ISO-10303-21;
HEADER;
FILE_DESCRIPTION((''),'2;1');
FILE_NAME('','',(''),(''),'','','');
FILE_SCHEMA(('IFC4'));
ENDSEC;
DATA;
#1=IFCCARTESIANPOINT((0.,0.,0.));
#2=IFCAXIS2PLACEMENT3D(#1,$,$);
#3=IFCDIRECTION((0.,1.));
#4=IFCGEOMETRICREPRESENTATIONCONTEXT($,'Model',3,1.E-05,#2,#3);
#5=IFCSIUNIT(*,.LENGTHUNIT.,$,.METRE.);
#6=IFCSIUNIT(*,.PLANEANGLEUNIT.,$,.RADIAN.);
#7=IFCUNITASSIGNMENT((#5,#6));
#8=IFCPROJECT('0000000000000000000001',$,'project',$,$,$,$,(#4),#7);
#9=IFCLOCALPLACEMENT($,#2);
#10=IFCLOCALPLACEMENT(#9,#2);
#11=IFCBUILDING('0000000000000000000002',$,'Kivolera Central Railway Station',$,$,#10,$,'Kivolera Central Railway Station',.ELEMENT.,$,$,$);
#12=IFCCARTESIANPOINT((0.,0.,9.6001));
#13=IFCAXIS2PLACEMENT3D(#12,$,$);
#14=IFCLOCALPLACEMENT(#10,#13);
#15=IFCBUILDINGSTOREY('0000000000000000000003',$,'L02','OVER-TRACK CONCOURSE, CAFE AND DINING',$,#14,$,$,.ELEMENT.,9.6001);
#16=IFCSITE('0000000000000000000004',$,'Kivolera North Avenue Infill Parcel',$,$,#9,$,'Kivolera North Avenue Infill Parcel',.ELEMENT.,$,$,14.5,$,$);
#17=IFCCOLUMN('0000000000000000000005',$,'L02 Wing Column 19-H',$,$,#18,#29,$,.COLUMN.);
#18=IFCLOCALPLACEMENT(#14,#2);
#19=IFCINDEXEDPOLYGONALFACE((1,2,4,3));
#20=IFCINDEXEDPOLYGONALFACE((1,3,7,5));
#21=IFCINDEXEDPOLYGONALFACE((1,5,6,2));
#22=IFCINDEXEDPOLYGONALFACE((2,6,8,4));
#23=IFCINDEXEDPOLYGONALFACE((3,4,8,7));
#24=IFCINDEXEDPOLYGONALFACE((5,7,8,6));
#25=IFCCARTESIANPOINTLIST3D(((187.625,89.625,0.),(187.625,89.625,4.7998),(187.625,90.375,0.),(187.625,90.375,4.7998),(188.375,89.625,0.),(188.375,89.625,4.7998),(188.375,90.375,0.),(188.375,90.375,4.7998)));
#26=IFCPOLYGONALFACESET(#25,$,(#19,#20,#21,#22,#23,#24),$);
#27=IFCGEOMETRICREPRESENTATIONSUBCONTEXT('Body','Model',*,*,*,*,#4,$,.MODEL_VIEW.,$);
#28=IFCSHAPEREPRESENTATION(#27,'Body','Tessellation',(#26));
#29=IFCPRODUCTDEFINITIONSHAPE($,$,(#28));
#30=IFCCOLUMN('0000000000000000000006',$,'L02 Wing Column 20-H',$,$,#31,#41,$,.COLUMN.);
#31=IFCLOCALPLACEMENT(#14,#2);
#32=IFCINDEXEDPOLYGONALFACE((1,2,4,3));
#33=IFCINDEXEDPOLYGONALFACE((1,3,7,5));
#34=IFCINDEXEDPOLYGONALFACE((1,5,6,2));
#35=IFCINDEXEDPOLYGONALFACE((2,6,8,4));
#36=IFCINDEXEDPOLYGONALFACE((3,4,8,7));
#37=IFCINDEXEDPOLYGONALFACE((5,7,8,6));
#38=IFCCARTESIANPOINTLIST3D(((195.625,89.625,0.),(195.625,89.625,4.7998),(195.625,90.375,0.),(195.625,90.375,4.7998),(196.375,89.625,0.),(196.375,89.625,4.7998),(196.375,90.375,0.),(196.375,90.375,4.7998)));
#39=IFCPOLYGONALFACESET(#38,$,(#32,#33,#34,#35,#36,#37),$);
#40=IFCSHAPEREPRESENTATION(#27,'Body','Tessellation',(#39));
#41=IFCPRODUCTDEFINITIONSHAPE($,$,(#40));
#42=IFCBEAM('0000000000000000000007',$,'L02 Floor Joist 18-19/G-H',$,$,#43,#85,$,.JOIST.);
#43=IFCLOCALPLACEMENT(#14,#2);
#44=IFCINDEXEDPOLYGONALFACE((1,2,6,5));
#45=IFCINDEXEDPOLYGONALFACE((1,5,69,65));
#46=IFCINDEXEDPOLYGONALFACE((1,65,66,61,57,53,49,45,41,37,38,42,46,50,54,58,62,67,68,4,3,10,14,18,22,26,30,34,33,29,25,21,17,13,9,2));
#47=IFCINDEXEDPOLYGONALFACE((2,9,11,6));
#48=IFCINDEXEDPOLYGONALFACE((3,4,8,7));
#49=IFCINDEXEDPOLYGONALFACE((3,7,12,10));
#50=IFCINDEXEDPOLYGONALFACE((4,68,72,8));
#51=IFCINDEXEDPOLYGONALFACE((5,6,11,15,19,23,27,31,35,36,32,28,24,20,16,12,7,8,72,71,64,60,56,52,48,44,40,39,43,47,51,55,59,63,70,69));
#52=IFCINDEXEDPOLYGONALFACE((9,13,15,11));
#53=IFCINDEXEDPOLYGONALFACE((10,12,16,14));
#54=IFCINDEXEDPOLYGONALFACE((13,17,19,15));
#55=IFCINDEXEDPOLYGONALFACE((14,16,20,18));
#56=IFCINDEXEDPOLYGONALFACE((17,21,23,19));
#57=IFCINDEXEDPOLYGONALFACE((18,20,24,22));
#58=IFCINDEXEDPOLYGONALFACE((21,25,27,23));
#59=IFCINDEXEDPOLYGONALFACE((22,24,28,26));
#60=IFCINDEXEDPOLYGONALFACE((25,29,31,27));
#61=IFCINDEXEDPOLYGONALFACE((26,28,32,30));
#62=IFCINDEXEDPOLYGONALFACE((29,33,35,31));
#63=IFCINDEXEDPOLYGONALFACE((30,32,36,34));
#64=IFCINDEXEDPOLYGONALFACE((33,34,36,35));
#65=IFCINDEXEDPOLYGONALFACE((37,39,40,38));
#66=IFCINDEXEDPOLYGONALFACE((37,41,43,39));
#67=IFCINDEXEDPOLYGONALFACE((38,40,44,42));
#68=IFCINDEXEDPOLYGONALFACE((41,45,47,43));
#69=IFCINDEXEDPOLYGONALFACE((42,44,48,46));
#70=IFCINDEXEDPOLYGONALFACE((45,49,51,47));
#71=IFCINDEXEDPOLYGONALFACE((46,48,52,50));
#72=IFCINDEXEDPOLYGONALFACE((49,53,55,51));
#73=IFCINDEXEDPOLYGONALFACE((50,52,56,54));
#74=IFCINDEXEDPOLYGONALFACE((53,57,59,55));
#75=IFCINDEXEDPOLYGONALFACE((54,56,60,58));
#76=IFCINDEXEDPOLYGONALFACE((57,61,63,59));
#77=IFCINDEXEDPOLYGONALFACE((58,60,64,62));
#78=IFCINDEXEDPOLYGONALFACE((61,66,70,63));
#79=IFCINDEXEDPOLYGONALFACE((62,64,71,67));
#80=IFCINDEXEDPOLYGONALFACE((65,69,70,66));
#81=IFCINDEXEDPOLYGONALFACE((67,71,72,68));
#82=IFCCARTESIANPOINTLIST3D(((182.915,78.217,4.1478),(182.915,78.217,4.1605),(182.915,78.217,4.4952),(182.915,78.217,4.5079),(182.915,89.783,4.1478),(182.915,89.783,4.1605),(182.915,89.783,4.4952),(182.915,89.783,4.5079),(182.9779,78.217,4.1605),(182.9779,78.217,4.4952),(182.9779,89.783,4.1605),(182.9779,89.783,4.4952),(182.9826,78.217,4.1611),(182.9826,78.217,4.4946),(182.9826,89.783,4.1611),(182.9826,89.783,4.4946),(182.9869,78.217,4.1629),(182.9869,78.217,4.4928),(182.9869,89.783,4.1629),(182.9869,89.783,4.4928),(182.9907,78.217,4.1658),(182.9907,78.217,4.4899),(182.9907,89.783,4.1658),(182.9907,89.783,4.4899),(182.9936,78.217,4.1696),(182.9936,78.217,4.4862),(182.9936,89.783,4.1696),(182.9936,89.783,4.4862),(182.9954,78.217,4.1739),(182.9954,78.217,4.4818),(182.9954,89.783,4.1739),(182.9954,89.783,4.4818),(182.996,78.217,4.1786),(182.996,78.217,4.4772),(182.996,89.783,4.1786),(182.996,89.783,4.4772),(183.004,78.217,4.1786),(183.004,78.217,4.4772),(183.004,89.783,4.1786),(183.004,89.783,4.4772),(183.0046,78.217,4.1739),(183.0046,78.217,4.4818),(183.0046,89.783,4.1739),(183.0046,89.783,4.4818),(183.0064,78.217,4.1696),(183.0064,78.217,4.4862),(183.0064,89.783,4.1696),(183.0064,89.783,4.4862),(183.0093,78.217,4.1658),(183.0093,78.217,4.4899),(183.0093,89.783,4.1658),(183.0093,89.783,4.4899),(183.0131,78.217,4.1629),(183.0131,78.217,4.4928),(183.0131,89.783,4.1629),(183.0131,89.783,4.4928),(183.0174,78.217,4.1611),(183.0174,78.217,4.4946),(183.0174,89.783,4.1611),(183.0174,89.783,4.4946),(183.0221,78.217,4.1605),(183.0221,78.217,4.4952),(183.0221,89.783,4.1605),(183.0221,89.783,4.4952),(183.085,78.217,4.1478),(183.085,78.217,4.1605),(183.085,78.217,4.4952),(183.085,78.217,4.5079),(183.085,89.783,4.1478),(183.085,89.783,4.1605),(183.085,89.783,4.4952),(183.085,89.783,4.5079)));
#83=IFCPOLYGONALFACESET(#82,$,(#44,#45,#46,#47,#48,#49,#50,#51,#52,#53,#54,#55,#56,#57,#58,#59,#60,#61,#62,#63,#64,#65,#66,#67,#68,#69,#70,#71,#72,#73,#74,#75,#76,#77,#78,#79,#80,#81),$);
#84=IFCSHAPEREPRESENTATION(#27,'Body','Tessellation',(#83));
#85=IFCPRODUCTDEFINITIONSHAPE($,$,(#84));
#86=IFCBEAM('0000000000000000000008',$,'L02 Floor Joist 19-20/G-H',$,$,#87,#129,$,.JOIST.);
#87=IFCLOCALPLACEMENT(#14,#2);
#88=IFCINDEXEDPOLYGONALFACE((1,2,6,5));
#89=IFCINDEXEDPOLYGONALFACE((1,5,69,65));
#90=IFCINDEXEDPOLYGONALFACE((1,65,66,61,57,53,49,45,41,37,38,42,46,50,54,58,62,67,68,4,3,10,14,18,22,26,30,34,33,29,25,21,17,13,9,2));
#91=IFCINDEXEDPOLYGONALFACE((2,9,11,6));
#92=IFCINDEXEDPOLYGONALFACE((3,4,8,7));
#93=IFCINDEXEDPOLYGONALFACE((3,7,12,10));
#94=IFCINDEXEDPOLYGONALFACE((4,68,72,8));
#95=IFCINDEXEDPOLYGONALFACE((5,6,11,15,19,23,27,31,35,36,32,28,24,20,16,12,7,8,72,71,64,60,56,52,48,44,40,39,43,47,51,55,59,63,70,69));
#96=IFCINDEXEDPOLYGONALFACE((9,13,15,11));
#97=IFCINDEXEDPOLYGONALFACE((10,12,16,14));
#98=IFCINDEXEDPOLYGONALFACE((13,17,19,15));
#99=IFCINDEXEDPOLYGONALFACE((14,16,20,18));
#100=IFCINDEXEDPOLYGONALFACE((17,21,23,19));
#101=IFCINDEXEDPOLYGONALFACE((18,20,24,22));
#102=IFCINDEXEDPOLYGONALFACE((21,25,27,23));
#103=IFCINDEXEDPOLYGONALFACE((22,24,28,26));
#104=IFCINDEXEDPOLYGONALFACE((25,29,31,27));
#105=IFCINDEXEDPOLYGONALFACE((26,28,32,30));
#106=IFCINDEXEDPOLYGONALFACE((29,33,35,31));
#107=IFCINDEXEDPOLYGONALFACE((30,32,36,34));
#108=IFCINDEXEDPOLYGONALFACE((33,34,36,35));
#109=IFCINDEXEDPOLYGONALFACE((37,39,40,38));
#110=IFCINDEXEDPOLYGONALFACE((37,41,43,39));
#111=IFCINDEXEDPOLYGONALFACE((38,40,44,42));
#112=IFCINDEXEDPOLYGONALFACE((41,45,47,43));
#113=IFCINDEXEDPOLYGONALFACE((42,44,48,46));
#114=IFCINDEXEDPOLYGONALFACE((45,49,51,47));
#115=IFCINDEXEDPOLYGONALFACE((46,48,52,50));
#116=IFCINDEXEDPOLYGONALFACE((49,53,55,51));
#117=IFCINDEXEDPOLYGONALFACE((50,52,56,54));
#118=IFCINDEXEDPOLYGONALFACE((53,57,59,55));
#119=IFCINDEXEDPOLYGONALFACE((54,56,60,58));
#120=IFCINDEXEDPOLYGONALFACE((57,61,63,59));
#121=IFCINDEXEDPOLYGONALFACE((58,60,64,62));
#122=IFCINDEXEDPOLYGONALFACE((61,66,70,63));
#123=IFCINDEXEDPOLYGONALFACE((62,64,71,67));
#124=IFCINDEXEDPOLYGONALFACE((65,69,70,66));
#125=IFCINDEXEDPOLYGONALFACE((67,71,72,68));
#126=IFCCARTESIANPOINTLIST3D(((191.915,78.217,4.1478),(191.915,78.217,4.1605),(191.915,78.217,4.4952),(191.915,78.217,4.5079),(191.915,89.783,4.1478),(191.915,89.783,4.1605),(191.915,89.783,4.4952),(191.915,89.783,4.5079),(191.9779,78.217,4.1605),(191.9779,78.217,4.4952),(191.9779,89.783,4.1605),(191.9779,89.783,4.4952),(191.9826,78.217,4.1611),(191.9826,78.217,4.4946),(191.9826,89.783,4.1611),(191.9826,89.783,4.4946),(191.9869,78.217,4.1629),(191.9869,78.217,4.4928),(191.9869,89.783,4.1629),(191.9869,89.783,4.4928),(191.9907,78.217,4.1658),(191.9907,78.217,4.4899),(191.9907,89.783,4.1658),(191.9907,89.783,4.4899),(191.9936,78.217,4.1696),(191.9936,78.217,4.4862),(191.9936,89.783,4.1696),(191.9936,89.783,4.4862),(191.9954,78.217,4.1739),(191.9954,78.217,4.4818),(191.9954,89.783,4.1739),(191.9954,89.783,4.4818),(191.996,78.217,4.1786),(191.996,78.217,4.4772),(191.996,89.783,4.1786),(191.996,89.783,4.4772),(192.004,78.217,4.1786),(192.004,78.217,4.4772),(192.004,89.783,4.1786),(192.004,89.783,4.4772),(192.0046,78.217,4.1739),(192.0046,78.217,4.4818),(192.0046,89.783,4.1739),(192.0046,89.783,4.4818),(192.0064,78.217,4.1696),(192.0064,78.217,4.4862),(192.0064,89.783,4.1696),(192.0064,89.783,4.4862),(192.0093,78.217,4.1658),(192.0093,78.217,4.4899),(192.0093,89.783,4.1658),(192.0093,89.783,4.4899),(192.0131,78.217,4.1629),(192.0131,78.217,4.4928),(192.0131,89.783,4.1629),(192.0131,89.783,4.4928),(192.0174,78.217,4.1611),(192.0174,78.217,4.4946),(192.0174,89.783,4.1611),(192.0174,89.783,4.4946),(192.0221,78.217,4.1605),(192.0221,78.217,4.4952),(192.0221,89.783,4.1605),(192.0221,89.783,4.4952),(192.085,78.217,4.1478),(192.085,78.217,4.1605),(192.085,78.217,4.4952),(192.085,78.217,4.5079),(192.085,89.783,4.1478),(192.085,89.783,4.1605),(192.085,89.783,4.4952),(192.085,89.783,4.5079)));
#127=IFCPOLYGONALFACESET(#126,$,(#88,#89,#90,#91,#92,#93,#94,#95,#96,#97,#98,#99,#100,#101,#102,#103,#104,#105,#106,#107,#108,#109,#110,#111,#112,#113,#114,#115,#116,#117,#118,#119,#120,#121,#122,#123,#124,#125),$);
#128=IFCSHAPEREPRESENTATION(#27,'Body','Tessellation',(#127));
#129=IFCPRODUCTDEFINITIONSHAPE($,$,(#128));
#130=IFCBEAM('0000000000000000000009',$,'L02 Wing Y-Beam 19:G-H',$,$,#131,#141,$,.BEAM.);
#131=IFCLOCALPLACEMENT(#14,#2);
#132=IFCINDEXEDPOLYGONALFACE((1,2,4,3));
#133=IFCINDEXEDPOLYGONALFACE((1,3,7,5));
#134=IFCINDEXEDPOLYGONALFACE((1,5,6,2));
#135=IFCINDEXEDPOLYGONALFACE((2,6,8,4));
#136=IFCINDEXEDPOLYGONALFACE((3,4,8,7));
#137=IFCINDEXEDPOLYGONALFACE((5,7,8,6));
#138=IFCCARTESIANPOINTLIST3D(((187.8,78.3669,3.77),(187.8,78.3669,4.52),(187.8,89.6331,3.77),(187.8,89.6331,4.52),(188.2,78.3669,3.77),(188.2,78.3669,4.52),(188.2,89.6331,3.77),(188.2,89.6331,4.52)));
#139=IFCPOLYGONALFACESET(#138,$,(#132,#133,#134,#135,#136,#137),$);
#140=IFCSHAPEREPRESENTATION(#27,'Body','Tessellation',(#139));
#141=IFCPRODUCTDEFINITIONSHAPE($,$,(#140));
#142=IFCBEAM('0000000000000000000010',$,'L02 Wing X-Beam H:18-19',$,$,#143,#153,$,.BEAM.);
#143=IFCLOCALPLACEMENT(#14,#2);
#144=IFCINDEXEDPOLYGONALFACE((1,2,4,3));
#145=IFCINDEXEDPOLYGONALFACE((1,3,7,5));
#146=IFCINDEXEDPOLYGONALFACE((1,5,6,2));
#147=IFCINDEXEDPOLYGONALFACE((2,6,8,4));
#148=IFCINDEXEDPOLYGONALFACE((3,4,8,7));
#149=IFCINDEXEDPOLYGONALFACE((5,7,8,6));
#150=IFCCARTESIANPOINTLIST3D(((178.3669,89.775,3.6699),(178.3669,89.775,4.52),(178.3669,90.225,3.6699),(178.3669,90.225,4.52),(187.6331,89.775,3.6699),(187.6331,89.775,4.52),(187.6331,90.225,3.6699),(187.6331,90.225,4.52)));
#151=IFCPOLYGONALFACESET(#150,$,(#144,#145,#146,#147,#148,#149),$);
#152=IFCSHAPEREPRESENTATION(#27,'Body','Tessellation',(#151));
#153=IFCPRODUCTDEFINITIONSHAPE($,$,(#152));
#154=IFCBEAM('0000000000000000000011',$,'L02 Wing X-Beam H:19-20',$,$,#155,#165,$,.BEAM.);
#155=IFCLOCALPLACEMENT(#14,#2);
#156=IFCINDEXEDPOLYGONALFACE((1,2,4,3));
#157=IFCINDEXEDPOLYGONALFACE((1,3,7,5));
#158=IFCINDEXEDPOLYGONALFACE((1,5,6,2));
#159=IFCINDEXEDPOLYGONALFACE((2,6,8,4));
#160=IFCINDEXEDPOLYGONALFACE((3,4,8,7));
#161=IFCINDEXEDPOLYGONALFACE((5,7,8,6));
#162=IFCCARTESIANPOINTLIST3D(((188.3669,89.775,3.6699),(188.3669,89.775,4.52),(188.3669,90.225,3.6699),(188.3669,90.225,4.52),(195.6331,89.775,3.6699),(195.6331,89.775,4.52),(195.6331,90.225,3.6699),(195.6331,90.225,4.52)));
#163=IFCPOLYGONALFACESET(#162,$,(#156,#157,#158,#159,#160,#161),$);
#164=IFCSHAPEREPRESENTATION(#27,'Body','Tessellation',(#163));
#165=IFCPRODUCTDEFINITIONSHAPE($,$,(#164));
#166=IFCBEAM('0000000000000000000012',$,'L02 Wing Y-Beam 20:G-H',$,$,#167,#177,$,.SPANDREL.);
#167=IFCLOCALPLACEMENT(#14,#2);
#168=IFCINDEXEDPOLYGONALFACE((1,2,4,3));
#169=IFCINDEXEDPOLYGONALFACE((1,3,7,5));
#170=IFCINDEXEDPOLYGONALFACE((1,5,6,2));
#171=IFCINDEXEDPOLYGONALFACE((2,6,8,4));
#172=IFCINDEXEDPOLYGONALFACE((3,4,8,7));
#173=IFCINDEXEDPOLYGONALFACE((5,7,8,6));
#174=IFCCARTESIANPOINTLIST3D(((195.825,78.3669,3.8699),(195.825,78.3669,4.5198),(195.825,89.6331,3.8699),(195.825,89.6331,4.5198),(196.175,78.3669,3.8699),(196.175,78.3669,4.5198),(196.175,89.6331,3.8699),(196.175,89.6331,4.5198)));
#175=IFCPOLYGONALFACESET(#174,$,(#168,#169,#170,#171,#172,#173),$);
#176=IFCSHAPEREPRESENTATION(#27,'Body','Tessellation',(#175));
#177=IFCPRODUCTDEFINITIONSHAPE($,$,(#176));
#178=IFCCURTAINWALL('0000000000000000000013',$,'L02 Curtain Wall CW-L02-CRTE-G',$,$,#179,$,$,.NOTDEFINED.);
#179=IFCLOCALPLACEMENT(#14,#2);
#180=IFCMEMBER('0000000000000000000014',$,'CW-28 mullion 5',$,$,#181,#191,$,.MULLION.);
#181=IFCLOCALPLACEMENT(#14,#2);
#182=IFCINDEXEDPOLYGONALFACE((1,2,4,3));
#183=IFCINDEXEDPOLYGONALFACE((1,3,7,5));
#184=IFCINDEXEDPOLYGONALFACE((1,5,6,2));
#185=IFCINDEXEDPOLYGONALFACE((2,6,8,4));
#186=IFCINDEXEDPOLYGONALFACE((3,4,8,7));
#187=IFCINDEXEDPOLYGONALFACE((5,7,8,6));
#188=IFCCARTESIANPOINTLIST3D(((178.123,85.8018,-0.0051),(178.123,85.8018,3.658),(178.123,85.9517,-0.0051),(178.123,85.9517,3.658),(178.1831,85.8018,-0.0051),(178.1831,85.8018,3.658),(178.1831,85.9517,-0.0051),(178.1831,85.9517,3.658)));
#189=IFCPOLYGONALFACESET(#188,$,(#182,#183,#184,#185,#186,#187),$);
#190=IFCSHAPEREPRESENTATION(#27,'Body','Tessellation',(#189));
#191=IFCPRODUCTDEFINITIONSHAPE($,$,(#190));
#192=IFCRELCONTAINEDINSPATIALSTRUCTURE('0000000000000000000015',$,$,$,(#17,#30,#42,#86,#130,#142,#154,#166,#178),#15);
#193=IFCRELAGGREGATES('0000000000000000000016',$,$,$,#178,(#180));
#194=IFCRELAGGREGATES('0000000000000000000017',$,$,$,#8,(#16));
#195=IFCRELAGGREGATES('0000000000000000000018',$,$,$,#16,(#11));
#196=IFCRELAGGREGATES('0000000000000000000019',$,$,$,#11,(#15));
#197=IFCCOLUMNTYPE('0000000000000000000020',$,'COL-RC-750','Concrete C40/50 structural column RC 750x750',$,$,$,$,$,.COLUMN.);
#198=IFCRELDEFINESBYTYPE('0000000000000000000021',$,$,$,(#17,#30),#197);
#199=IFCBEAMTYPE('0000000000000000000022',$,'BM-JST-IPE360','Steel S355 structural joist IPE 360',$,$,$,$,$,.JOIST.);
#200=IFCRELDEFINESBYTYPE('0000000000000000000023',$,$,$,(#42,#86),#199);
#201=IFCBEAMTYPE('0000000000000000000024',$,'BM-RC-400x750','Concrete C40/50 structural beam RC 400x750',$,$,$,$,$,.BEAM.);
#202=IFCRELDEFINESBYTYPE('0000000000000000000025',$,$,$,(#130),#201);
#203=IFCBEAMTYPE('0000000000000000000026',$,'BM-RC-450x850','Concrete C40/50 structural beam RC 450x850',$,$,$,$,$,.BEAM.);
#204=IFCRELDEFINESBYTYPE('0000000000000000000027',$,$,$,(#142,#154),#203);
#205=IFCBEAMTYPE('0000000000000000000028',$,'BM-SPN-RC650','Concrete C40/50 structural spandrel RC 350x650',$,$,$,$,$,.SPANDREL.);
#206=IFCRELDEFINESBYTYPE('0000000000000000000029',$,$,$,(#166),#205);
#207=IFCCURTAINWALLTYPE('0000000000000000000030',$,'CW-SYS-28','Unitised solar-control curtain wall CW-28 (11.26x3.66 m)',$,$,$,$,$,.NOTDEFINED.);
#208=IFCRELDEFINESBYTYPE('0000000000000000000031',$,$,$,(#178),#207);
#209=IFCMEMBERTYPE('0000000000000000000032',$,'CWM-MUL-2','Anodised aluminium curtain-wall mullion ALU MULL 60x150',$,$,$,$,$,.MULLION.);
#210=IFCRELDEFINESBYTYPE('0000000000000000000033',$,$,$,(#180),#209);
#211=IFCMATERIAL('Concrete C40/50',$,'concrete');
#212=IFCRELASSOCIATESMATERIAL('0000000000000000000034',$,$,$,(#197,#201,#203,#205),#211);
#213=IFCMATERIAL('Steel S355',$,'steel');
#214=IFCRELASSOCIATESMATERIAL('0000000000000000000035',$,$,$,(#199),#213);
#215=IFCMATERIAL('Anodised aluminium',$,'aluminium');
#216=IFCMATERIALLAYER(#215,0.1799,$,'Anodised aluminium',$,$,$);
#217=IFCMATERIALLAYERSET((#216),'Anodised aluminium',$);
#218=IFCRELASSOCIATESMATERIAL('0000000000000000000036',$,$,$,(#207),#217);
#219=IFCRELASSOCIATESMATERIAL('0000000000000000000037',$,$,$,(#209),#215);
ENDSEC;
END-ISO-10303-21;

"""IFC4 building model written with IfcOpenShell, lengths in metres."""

from ifc_helpers import new_model, si_unit, direction, frame, origin, origin_2d, place, context, subcontext, project, spatial, rectangle, i_section, extrude, material, layer, layer_set, material_profile, profile_set, type_object, element, aggregate, save


model = new_model("IFC4")

# Units and contexts
model_context = context("Model", 3, precision=1e-05, world=origin(), true_north=direction((0.0, 1.0)))
body_context = subcontext(model_context, "Body", "Model", "MODEL_VIEW")
ifc_project = project(units=[si_unit("LENGTHUNIT", "METRE"), si_unit("PLANEANGLEUNIT", "RADIAN")], contexts=[model_context])

# Site, building, storey
site_placement = place(None, origin())
site = spatial("IfcSite", under=ifc_project, at=site_placement, Name="Kivolera North Avenue Infill Parcel", LongName="Kivolera North Avenue Infill Parcel", CompositionType="ELEMENT", RefElevation=14.5)
building_placement = place(site_placement, origin())
building = spatial("IfcBuilding", under=site, at=building_placement, Name="Kivolera Central Railway Station", LongName="Kivolera Central Railway Station", CompositionType="ELEMENT")
storey_placement = place(building_placement, frame((0.0, 0.0, 9.6001)))
storey = spatial("IfcBuildingStorey", under=building, at=storey_placement, Name="L02", Description="OVER-TRACK CONCOURSE, CAFE AND DINING", CompositionType="ELEMENT", Elevation=9.6001)

# Columns
ifc_material_1 = material(Name="Concrete C40/50", Category="concrete")
ifc_material_profile_1 = material_profile(ifc_material_1, rectangle(XDim=0.75, YDim=0.75, at=origin_2d()), Name="RC 750x750")
ifc_profile_set_1 = profile_set([ifc_material_profile_1], Name="Concrete C40/50")
column_type = type_object("IfcColumnType", Name="COL-RC-750", Description="Concrete C40/50 structural column RC 750x750", PredefinedType="COLUMN", material=ifc_profile_set_1)
for number, where, z_axis, x_axis, name in (
    (1, (188.0, 90.0, 0.0), (0.0, 0.0, 1.0), (1.0, 0.0, 0.0), "L02 Wing Column 19-H"),
    (2, (196.0, 90.0, 0.0), (0.0, 0.0, 1.0), (1.0, 0.0, 0.0), "L02 Wing Column 20-H"),
):
    element("IfcColumn", number, at=place(storey_placement, frame(where, z_axis=z_axis, x_axis=x_axis)), inside=storey, type_object=column_type, Name=name, PredefinedType="COLUMN", context=body_context, shape_type="SweptSolid", body=[
        extrude(rectangle(XDim=0.75, YDim=0.75, at=origin_2d()), origin(), (0.0, 0.0, 1.0), 4.7998),
    ])

# Beams
ifc_material_2 = material(Name="Steel S355", Category="steel")
ifc_material_profile_2 = material_profile(ifc_material_2, i_section(OverallWidth=0.1699, OverallDepth=0.3601, WebThickness=0.0081, FlangeThickness=0.0127, FilletRadius=0.0181, at=origin_2d()), Name="IPE 360")
ifc_profile_set_2 = profile_set([ifc_material_profile_2], Name="Steel S355")
beam_type_1 = type_object("IfcBeamType", Name="BM-JST-IPE360", Description="Steel S355 structural joist IPE 360", PredefinedType="JOIST", material=ifc_profile_set_2)
for number, where, z_axis, x_axis, name in (
    (3, (183.0, 78.217, 4.3279), (0.0, 1.0, 0.0), (-1.0, 0.0, 0.0), "L02 Floor Joist 18-19/G-H"),
    (4, (192.0, 78.217, 4.3279), (0.0, 1.0, 0.0), (-1.0, 0.0, 0.0), "L02 Floor Joist 19-20/G-H"),
):
    element("IfcBeam", number, at=place(storey_placement, frame(where, z_axis=z_axis, x_axis=x_axis)), inside=storey, type_object=beam_type_1, Name=name, PredefinedType="JOIST", context=body_context, shape_type="SweptSolid", body=[
        extrude(i_section(OverallWidth=0.1699, OverallDepth=0.3601, WebThickness=0.0081, FlangeThickness=0.0127, FilletRadius=0.0181, at=origin_2d()), origin(), (0.0, 0.0, 1.0), 11.5659),
    ])
ifc_material_profile_3 = material_profile(ifc_material_1, rectangle(XDim=0.3999, YDim=0.75, at=origin_2d()), Name="RC 400x750")
ifc_profile_set_3 = profile_set([ifc_material_profile_3], Name="Concrete C40/50")
beam_type_2 = type_object("IfcBeamType", Name="BM-RC-400x750", Description="Concrete C40/50 structural beam RC 400x750", PredefinedType="BEAM", material=ifc_profile_set_3)
beam_1_placement = place(storey_placement, frame((188.0, 78.3669, 4.145), z_axis=(0.0, 1.0, 0.0), x_axis=(-1.0, 0.0, 0.0)))
element("IfcBeam", 5, at=beam_1_placement, inside=storey, type_object=beam_type_2, Name="L02 Wing Y-Beam 19:G-H", PredefinedType="BEAM", context=body_context, shape_type="SweptSolid", body=[
    extrude(rectangle(XDim=0.3999, YDim=0.75, at=origin_2d()), origin(), (0.0, 0.0, 1.0), 11.2661),
])
ifc_material_profile_4 = material_profile(ifc_material_1, rectangle(XDim=0.45, YDim=0.8501, at=origin_2d()), Name="RC 450x850")
ifc_profile_set_4 = profile_set([ifc_material_profile_4], Name="Concrete C40/50")
beam_type_3 = type_object("IfcBeamType", Name="BM-RC-450x850", Description="Concrete C40/50 structural beam RC 450x850", PredefinedType="BEAM", material=ifc_profile_set_4)
beam_2_placement = place(storey_placement, frame((178.3669, 90.0, 4.095), z_axis=(1.0, 0.0, 0.0), x_axis=(0.0, 1.0, 0.0)))
element("IfcBeam", 6, at=beam_2_placement, inside=storey, type_object=beam_type_3, Name="L02 Wing X-Beam H:18-19", PredefinedType="BEAM", context=body_context, shape_type="SweptSolid", body=[
    extrude(rectangle(XDim=0.45, YDim=0.8501, at=origin_2d()), origin(), (0.0, 0.0, 1.0), 9.2661),
])
beam_3_placement = place(storey_placement, frame((188.3669, 90.0, 4.095), z_axis=(1.0, 0.0, 0.0), x_axis=(0.0, 1.0, 0.0)))
element("IfcBeam", 7, at=beam_3_placement, inside=storey, type_object=beam_type_3, Name="L02 Wing X-Beam H:19-20", PredefinedType="BEAM", context=body_context, shape_type="SweptSolid", body=[
    extrude(rectangle(XDim=0.45, YDim=0.8501, at=origin_2d()), origin(), (0.0, 0.0, 1.0), 7.2661),
])
ifc_material_profile_5 = material_profile(ifc_material_1, rectangle(XDim=0.3501, YDim=0.6499, at=origin_2d()), Name="RC 350x650")
ifc_profile_set_5 = profile_set([ifc_material_profile_5], Name="Concrete C40/50")
beam_type_4 = type_object("IfcBeamType", Name="BM-SPN-RC650", Description="Concrete C40/50 structural spandrel RC 350x650", PredefinedType="SPANDREL", material=ifc_profile_set_5)
beam_4_placement = place(storey_placement, frame((196.0, 78.3669, 4.1948), z_axis=(0.0, 1.0, 0.0), x_axis=(-1.0, 0.0, 0.0)))
element("IfcBeam", 8, at=beam_4_placement, inside=storey, type_object=beam_type_4, Name="L02 Wing Y-Beam 20:G-H", PredefinedType="SPANDREL", context=body_context, shape_type="SweptSolid", body=[
    extrude(rectangle(XDim=0.3501, YDim=0.6499, at=origin_2d()), origin(), (0.0, 0.0, 1.0), 11.2661),
])

# Curtain wall, member
ifc_material_3 = material(Name="Anodised aluminium", Category="aluminium")
ifc_layer_1 = layer(ifc_material_3, 0.1799, Name="Anodised aluminium")
ifc_layer_set_1 = layer_set([ifc_layer_1], Name="Anodised aluminium")
curtain_wall_type = type_object("IfcCurtainWallType", Name="CW-SYS-28", Description="Unitised solar-control curtain wall CW-28 (11.26x3.66 m)", PredefinedType="NOTDEFINED", material=ifc_layer_set_1)
curtain_wall_placement = place(storey_placement, origin())
curtain_wall = element("IfcCurtainWall", 9, at=curtain_wall_placement, inside=storey, type_object=curtain_wall_type, Name="L02 Curtain Wall CW-L02-CRTE-G", PredefinedType="NOTDEFINED")
ifc_material_profile_6 = material_profile(ifc_material_3, rectangle(XDim=0.0601, YDim=0.1499, at=origin_2d()), Name="ALU MULL 60x150")
ifc_profile_set_6 = profile_set([ifc_material_profile_6], Name="Anodised aluminium")
member_type_1 = type_object("IfcMemberType", Name="CWM-MUL-2", Description="Anodised aluminium curtain-wall mullion ALU MULL 60x150", PredefinedType="MULLION", material=ifc_profile_set_6)
member_1_placement = place(storey_placement, frame((178.1531, 85.8767, -0.0051), z_axis=(0.0, 0.0, 1.0), x_axis=(-1.0, 0.0, 0.0)))
member_1 = element("IfcMember", 10, at=member_1_placement, type_object=member_type_1, Name="CW-28 mullion 5", PredefinedType="MULLION", context=body_context, shape_type="SweptSolid", body=[
    extrude(rectangle(XDim=0.0601, YDim=0.1499, at=origin_2d()), origin(), (0.0, 0.0, 1.0), 3.6631),
])
aggregate(curtain_wall, [member_1])

save(model, "model.ifc")
